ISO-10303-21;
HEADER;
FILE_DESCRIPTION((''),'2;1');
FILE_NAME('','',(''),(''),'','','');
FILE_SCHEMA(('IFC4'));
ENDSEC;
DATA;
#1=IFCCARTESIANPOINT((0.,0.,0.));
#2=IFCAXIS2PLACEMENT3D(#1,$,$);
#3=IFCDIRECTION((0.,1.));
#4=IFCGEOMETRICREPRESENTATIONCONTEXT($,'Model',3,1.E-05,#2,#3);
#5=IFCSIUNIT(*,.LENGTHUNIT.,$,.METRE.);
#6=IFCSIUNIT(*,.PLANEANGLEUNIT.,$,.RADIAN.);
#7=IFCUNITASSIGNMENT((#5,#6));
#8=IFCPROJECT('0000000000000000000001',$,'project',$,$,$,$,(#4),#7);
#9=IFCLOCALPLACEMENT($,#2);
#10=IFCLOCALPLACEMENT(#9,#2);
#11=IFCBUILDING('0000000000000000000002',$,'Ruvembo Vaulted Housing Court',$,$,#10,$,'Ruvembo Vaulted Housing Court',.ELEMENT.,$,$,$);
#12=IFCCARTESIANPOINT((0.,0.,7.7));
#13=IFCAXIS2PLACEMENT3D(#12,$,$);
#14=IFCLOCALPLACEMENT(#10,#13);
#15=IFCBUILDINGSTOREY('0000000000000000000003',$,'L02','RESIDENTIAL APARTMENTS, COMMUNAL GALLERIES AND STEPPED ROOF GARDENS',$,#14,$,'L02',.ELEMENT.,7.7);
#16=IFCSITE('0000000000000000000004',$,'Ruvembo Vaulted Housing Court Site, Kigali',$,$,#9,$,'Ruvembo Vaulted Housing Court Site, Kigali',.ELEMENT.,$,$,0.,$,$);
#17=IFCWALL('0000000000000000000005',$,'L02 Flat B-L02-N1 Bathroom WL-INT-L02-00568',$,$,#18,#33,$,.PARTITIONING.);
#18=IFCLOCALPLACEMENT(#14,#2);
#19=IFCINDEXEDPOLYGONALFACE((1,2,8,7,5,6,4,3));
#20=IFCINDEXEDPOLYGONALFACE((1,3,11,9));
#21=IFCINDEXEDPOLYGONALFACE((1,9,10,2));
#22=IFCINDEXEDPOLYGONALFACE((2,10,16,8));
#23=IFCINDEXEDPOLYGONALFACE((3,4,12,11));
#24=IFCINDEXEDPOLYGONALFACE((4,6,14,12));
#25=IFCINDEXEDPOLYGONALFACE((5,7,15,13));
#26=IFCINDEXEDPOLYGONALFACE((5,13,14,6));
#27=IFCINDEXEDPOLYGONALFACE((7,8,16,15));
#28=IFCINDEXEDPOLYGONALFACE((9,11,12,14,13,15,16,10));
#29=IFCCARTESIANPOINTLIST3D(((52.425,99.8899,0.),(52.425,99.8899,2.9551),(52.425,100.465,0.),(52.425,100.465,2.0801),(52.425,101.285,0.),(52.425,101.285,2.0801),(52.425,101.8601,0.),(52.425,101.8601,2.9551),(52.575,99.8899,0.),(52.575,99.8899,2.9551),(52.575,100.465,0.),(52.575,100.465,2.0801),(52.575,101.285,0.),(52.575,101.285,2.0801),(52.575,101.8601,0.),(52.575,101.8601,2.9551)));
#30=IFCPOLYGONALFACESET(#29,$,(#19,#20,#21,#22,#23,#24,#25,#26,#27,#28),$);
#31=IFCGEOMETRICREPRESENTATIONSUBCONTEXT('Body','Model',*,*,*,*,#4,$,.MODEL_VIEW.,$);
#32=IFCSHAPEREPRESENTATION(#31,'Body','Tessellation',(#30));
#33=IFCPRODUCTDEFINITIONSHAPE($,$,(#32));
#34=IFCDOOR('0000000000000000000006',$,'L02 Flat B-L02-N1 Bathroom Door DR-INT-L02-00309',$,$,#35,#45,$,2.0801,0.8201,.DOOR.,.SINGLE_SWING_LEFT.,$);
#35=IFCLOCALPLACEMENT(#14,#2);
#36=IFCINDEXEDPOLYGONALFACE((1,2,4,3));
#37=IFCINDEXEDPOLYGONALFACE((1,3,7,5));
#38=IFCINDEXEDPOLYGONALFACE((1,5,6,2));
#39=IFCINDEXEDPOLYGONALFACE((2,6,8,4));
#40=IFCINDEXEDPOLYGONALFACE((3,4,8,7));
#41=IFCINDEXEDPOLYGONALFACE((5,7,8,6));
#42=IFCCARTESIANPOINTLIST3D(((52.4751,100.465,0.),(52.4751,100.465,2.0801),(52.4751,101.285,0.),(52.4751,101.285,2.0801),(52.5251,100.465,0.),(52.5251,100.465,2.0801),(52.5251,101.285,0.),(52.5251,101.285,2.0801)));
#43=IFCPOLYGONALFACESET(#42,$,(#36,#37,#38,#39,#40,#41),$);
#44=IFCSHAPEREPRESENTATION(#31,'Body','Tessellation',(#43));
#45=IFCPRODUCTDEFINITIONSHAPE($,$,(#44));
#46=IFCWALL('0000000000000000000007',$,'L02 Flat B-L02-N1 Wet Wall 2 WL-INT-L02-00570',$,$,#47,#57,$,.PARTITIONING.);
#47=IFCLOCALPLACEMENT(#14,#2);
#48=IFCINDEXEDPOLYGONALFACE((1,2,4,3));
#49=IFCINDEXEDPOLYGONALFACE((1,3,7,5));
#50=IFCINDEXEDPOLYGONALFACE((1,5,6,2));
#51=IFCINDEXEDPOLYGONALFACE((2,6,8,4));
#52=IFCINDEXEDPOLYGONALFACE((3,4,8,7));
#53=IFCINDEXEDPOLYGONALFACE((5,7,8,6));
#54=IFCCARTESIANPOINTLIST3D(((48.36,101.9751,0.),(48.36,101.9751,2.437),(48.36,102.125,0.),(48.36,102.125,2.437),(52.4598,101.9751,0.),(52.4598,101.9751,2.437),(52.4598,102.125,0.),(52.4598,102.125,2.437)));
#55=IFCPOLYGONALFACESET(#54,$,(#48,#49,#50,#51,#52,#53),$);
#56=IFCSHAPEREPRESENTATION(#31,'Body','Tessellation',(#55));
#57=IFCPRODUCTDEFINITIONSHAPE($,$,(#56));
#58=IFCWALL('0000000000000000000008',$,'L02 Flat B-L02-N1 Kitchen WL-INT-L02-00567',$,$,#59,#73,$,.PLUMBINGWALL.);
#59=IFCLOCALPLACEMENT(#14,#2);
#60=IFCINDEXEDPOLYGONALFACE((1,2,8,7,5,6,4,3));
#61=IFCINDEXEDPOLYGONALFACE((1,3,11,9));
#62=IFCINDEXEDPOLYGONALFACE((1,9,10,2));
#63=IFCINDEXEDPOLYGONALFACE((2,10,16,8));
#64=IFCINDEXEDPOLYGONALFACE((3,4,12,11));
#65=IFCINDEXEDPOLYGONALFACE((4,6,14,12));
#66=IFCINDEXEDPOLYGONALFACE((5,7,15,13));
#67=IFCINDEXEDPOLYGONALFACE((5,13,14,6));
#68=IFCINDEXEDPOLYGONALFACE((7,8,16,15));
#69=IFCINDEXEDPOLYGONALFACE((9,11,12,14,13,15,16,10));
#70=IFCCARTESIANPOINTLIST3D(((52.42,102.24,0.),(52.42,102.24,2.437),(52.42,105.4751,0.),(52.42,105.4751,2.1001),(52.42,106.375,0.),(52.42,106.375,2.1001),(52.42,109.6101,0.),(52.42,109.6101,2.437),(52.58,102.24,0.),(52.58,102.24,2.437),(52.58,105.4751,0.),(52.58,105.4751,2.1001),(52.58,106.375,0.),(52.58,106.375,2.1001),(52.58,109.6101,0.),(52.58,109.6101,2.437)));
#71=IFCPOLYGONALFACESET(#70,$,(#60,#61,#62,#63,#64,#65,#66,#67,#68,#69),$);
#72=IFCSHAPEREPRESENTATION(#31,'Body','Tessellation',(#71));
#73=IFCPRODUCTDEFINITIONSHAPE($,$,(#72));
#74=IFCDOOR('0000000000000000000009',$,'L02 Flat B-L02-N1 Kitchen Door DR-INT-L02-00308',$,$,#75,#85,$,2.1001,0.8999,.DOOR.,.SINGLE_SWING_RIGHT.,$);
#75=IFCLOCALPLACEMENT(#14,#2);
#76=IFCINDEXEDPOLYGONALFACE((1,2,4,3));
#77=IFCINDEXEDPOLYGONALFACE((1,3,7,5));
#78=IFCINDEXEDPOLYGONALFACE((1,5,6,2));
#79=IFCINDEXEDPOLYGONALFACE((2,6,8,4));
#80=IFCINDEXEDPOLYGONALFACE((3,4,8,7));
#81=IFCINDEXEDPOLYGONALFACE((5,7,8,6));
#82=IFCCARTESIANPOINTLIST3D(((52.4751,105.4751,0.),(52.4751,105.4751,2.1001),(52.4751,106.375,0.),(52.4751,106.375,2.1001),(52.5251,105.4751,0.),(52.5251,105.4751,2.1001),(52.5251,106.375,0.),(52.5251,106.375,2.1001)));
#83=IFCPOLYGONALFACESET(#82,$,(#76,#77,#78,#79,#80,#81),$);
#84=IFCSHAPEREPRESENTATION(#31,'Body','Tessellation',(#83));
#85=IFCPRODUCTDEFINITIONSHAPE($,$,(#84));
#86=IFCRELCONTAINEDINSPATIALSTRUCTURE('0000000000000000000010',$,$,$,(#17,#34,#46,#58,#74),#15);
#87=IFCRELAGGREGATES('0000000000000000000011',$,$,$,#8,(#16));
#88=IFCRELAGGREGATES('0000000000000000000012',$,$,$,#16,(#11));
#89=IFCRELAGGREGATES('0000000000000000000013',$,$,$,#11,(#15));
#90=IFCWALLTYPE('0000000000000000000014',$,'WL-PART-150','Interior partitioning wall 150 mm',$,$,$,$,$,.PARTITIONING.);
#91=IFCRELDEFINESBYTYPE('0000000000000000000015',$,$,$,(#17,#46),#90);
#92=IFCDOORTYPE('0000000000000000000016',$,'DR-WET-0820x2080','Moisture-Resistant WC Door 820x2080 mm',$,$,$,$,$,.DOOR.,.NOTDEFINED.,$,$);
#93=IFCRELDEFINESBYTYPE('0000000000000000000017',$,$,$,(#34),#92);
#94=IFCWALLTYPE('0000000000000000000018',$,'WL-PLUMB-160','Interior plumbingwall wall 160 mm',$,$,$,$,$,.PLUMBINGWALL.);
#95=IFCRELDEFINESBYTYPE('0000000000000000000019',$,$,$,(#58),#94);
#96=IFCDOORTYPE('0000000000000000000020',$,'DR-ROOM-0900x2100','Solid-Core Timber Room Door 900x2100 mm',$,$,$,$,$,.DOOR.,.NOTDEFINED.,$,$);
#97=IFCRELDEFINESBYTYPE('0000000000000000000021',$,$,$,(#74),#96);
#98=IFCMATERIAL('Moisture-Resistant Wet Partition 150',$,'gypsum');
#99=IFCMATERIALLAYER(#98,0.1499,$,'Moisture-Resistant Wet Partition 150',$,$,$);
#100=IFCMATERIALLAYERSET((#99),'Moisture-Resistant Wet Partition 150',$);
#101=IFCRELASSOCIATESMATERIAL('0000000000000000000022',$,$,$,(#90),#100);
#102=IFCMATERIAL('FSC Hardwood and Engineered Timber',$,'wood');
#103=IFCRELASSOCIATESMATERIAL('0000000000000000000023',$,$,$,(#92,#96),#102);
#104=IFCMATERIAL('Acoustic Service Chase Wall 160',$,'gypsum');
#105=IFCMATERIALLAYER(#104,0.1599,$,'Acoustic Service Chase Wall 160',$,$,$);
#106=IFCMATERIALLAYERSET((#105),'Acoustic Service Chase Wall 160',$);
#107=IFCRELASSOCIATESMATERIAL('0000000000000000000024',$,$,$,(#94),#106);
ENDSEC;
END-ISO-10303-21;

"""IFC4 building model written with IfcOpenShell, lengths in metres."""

from ifc_helpers import new_model, si_unit, direction, frame, frame_2d, origin, place, context, subcontext, project, spatial, rectangle, extrude, material, layer, layer_set, type_object, element, fill, save


model = new_model("IFC4")

# Units and contexts
model_context = context("Model", 3, precision=1e-05, world=origin(), true_north=direction((0.0, 1.0)))
body_context = subcontext(model_context, "Body", "Model", "MODEL_VIEW")
ifc_project = project(units=[si_unit("LENGTHUNIT", "METRE"), si_unit("PLANEANGLEUNIT", "RADIAN")], contexts=[model_context])

# Site, building, storey
site_placement = place(None, origin())
site = spatial("IfcSite", under=ifc_project, at=site_placement, Name="Ruvembo Vaulted Housing Court Site, Kigali", LongName="Ruvembo Vaulted Housing Court Site, Kigali", CompositionType="ELEMENT", RefElevation=0.0)
building_placement = place(site_placement, origin())
building = spatial("IfcBuilding", under=site, at=building_placement, Name="Ruvembo Vaulted Housing Court", LongName="Ruvembo Vaulted Housing Court", CompositionType="ELEMENT")
storey_placement = place(building_placement, frame((0.0, 0.0, 7.7)))
storey = spatial("IfcBuildingStorey", under=building, at=storey_placement, Name="L02", Description="RESIDENTIAL APARTMENTS, COMMUNAL GALLERIES AND STEPPED ROOF GARDENS", LongName="L02", CompositionType="ELEMENT", Elevation=7.7)

# Shared definitions
ifc_material_1 = material(Name="FSC Hardwood and Engineered Timber", Category="wood")

# Wall, opening, door
ifc_material_2 = material(Name="Moisture-Resistant Wet Partition 150", Category="gypsum")
ifc_layer_1 = layer(ifc_material_2, 0.1499, Name="Moisture-Resistant Wet Partition 150")
ifc_layer_set_1 = layer_set([ifc_layer_1], Name="Moisture-Resistant Wet Partition 150")
wall_type_1 = type_object("IfcWallType", Name="WL-PART-150", Description="Interior partitioning wall 150 mm", PredefinedType="PARTITIONING", material=ifc_layer_set_1)
wall_1_placement = place(storey_placement, frame((52.5, 99.8899, 0.0), z_axis=(0.0, 0.0, 1.0), x_axis=(0.0, 1.0, 0.0)))
wall_1 = element("IfcWall", 1, at=wall_1_placement, inside=storey, type_object=wall_type_1, Name="L02 Flat B-L02-N1 Bathroom WL-INT-L02-00568", PredefinedType="PARTITIONING", context=body_context, shape_type="SweptSolid", body=[
    extrude(rectangle(XDim=1.9702, YDim=0.1499, at=frame_2d((0.9851, 0.0))), origin(), (0.0, 0.0, 1.0), 2.9551),
])
opening_1_placement = place(wall_1_placement, frame((0.575, 0.0, 0.0)))
opening_1 = element("IfcOpeningElement", 2, at=opening_1_placement, cuts=wall_1, PredefinedType="OPENING", context=body_context, shape_type="SweptSolid", body=[
    extrude(rectangle(XDim=0.8201, YDim=2.0801, at=frame_2d((0.4102, 1.04))), frame((0.0, 0.085, 0.0), z_axis=(0.0, -1.0, 0.0), x_axis=(1.0, 0.0, 0.0)), (0.0, 0.0, 1.0), 0.1699),
])
door_type_1 = type_object("IfcDoorType", Name="DR-WET-0820x2080", Description="Moisture-Resistant WC Door 820x2080 mm", OperationType="NOTDEFINED", PredefinedType="DOOR", material=ifc_material_1)
door_1_placement = place(opening_1_placement, origin())
door_1 = element("IfcDoor", 3, at=door_1_placement, inside=storey, type_object=door_type_1, Name="L02 Flat B-L02-N1 Bathroom Door DR-INT-L02-00309", OperationType="SINGLE_SWING_LEFT", OverallHeight=2.0801, OverallWidth=0.8201, PredefinedType="DOOR", context=body_context, shape_type="SweptSolid", body=[
    extrude(rectangle(XDim=0.8201, YDim=2.0801, at=frame_2d((0.4102, 1.04))), frame((0.0, 0.0249, 0.0), z_axis=(0.0, -1.0, 0.0), x_axis=(1.0, 0.0, 0.0)), (0.0, 0.0, 1.0), 0.05),
])
fill(opening_1, door_1)

# Wall
wall_2_placement = place(storey_placement, frame((48.3601, 102.05, 0.0), z_axis=(0.0, 0.0, 1.0), x_axis=(1.0, 0.0, 0.0)))
element("IfcWall", 4, at=wall_2_placement, inside=storey, type_object=wall_type_1, Name="L02 Flat B-L02-N1 Wet Wall 2 WL-INT-L02-00570", PredefinedType="PARTITIONING", context=body_context, shape_type="SweptSolid", body=[
    extrude(rectangle(XDim=4.0999, YDim=0.1499, at=frame_2d((2.0498, 0.0))), origin(), (0.0, 0.0, 1.0), 2.437),
])

# Wall, opening, door
ifc_material_3 = material(Name="Acoustic Service Chase Wall 160", Category="gypsum")
ifc_layer_2 = layer(ifc_material_3, 0.1599, Name="Acoustic Service Chase Wall 160")
ifc_layer_set_2 = layer_set([ifc_layer_2], Name="Acoustic Service Chase Wall 160")
wall_type_2 = type_object("IfcWallType", Name="WL-PLUMB-160", Description="Interior plumbingwall wall 160 mm", PredefinedType="PLUMBINGWALL", material=ifc_layer_set_2)
wall_3_placement = place(storey_placement, frame((52.5, 102.24, 0.0), z_axis=(0.0, 0.0, 1.0), x_axis=(0.0, 1.0, 0.0)))
wall_3 = element("IfcWall", 5, at=wall_3_placement, inside=storey, type_object=wall_type_2, Name="L02 Flat B-L02-N1 Kitchen WL-INT-L02-00567", PredefinedType="PLUMBINGWALL", context=body_context, shape_type="SweptSolid", body=[
    extrude(rectangle(XDim=7.3701, YDim=0.1599, at=frame_2d((3.6851, 0.0))), origin(), (0.0, 0.0, 1.0), 2.437),
])
opening_2_placement = place(wall_3_placement, frame((3.2351, 0.0, 0.0)))
opening_2 = element("IfcOpeningElement", 6, at=opening_2_placement, cuts=wall_3, PredefinedType="OPENING", context=body_context, shape_type="SweptSolid", body=[
    extrude(rectangle(XDim=0.8999, YDim=2.1001, at=frame_2d((0.45, 1.05))), frame((0.0, 0.0898, 0.0), z_axis=(0.0, -1.0, 0.0), x_axis=(1.0, 0.0, 0.0)), (0.0, 0.0, 1.0), 0.1799),
])
door_type_2 = type_object("IfcDoorType", Name="DR-ROOM-0900x2100", Description="Solid-Core Timber Room Door 900x2100 mm", OperationType="NOTDEFINED", PredefinedType="DOOR", material=ifc_material_1)
door_2_placement = place(opening_2_placement, origin())
door_2 = element("IfcDoor", 7, at=door_2_placement, inside=storey, type_object=door_type_2, Name="L02 Flat B-L02-N1 Kitchen Door DR-INT-L02-00308", OperationType="SINGLE_SWING_RIGHT", OverallHeight=2.1001, OverallWidth=0.8999, PredefinedType="DOOR", context=body_context, shape_type="SweptSolid", body=[
    extrude(rectangle(XDim=0.8999, YDim=2.1001, at=frame_2d((0.45, 1.05))), frame((0.0, 0.0249, 0.0), z_axis=(0.0, -1.0, 0.0), x_axis=(1.0, 0.0, 0.0)), (0.0, 0.0, 1.0), 0.05),
])
fill(opening_2, door_2)

save(model, "model.ifc")
